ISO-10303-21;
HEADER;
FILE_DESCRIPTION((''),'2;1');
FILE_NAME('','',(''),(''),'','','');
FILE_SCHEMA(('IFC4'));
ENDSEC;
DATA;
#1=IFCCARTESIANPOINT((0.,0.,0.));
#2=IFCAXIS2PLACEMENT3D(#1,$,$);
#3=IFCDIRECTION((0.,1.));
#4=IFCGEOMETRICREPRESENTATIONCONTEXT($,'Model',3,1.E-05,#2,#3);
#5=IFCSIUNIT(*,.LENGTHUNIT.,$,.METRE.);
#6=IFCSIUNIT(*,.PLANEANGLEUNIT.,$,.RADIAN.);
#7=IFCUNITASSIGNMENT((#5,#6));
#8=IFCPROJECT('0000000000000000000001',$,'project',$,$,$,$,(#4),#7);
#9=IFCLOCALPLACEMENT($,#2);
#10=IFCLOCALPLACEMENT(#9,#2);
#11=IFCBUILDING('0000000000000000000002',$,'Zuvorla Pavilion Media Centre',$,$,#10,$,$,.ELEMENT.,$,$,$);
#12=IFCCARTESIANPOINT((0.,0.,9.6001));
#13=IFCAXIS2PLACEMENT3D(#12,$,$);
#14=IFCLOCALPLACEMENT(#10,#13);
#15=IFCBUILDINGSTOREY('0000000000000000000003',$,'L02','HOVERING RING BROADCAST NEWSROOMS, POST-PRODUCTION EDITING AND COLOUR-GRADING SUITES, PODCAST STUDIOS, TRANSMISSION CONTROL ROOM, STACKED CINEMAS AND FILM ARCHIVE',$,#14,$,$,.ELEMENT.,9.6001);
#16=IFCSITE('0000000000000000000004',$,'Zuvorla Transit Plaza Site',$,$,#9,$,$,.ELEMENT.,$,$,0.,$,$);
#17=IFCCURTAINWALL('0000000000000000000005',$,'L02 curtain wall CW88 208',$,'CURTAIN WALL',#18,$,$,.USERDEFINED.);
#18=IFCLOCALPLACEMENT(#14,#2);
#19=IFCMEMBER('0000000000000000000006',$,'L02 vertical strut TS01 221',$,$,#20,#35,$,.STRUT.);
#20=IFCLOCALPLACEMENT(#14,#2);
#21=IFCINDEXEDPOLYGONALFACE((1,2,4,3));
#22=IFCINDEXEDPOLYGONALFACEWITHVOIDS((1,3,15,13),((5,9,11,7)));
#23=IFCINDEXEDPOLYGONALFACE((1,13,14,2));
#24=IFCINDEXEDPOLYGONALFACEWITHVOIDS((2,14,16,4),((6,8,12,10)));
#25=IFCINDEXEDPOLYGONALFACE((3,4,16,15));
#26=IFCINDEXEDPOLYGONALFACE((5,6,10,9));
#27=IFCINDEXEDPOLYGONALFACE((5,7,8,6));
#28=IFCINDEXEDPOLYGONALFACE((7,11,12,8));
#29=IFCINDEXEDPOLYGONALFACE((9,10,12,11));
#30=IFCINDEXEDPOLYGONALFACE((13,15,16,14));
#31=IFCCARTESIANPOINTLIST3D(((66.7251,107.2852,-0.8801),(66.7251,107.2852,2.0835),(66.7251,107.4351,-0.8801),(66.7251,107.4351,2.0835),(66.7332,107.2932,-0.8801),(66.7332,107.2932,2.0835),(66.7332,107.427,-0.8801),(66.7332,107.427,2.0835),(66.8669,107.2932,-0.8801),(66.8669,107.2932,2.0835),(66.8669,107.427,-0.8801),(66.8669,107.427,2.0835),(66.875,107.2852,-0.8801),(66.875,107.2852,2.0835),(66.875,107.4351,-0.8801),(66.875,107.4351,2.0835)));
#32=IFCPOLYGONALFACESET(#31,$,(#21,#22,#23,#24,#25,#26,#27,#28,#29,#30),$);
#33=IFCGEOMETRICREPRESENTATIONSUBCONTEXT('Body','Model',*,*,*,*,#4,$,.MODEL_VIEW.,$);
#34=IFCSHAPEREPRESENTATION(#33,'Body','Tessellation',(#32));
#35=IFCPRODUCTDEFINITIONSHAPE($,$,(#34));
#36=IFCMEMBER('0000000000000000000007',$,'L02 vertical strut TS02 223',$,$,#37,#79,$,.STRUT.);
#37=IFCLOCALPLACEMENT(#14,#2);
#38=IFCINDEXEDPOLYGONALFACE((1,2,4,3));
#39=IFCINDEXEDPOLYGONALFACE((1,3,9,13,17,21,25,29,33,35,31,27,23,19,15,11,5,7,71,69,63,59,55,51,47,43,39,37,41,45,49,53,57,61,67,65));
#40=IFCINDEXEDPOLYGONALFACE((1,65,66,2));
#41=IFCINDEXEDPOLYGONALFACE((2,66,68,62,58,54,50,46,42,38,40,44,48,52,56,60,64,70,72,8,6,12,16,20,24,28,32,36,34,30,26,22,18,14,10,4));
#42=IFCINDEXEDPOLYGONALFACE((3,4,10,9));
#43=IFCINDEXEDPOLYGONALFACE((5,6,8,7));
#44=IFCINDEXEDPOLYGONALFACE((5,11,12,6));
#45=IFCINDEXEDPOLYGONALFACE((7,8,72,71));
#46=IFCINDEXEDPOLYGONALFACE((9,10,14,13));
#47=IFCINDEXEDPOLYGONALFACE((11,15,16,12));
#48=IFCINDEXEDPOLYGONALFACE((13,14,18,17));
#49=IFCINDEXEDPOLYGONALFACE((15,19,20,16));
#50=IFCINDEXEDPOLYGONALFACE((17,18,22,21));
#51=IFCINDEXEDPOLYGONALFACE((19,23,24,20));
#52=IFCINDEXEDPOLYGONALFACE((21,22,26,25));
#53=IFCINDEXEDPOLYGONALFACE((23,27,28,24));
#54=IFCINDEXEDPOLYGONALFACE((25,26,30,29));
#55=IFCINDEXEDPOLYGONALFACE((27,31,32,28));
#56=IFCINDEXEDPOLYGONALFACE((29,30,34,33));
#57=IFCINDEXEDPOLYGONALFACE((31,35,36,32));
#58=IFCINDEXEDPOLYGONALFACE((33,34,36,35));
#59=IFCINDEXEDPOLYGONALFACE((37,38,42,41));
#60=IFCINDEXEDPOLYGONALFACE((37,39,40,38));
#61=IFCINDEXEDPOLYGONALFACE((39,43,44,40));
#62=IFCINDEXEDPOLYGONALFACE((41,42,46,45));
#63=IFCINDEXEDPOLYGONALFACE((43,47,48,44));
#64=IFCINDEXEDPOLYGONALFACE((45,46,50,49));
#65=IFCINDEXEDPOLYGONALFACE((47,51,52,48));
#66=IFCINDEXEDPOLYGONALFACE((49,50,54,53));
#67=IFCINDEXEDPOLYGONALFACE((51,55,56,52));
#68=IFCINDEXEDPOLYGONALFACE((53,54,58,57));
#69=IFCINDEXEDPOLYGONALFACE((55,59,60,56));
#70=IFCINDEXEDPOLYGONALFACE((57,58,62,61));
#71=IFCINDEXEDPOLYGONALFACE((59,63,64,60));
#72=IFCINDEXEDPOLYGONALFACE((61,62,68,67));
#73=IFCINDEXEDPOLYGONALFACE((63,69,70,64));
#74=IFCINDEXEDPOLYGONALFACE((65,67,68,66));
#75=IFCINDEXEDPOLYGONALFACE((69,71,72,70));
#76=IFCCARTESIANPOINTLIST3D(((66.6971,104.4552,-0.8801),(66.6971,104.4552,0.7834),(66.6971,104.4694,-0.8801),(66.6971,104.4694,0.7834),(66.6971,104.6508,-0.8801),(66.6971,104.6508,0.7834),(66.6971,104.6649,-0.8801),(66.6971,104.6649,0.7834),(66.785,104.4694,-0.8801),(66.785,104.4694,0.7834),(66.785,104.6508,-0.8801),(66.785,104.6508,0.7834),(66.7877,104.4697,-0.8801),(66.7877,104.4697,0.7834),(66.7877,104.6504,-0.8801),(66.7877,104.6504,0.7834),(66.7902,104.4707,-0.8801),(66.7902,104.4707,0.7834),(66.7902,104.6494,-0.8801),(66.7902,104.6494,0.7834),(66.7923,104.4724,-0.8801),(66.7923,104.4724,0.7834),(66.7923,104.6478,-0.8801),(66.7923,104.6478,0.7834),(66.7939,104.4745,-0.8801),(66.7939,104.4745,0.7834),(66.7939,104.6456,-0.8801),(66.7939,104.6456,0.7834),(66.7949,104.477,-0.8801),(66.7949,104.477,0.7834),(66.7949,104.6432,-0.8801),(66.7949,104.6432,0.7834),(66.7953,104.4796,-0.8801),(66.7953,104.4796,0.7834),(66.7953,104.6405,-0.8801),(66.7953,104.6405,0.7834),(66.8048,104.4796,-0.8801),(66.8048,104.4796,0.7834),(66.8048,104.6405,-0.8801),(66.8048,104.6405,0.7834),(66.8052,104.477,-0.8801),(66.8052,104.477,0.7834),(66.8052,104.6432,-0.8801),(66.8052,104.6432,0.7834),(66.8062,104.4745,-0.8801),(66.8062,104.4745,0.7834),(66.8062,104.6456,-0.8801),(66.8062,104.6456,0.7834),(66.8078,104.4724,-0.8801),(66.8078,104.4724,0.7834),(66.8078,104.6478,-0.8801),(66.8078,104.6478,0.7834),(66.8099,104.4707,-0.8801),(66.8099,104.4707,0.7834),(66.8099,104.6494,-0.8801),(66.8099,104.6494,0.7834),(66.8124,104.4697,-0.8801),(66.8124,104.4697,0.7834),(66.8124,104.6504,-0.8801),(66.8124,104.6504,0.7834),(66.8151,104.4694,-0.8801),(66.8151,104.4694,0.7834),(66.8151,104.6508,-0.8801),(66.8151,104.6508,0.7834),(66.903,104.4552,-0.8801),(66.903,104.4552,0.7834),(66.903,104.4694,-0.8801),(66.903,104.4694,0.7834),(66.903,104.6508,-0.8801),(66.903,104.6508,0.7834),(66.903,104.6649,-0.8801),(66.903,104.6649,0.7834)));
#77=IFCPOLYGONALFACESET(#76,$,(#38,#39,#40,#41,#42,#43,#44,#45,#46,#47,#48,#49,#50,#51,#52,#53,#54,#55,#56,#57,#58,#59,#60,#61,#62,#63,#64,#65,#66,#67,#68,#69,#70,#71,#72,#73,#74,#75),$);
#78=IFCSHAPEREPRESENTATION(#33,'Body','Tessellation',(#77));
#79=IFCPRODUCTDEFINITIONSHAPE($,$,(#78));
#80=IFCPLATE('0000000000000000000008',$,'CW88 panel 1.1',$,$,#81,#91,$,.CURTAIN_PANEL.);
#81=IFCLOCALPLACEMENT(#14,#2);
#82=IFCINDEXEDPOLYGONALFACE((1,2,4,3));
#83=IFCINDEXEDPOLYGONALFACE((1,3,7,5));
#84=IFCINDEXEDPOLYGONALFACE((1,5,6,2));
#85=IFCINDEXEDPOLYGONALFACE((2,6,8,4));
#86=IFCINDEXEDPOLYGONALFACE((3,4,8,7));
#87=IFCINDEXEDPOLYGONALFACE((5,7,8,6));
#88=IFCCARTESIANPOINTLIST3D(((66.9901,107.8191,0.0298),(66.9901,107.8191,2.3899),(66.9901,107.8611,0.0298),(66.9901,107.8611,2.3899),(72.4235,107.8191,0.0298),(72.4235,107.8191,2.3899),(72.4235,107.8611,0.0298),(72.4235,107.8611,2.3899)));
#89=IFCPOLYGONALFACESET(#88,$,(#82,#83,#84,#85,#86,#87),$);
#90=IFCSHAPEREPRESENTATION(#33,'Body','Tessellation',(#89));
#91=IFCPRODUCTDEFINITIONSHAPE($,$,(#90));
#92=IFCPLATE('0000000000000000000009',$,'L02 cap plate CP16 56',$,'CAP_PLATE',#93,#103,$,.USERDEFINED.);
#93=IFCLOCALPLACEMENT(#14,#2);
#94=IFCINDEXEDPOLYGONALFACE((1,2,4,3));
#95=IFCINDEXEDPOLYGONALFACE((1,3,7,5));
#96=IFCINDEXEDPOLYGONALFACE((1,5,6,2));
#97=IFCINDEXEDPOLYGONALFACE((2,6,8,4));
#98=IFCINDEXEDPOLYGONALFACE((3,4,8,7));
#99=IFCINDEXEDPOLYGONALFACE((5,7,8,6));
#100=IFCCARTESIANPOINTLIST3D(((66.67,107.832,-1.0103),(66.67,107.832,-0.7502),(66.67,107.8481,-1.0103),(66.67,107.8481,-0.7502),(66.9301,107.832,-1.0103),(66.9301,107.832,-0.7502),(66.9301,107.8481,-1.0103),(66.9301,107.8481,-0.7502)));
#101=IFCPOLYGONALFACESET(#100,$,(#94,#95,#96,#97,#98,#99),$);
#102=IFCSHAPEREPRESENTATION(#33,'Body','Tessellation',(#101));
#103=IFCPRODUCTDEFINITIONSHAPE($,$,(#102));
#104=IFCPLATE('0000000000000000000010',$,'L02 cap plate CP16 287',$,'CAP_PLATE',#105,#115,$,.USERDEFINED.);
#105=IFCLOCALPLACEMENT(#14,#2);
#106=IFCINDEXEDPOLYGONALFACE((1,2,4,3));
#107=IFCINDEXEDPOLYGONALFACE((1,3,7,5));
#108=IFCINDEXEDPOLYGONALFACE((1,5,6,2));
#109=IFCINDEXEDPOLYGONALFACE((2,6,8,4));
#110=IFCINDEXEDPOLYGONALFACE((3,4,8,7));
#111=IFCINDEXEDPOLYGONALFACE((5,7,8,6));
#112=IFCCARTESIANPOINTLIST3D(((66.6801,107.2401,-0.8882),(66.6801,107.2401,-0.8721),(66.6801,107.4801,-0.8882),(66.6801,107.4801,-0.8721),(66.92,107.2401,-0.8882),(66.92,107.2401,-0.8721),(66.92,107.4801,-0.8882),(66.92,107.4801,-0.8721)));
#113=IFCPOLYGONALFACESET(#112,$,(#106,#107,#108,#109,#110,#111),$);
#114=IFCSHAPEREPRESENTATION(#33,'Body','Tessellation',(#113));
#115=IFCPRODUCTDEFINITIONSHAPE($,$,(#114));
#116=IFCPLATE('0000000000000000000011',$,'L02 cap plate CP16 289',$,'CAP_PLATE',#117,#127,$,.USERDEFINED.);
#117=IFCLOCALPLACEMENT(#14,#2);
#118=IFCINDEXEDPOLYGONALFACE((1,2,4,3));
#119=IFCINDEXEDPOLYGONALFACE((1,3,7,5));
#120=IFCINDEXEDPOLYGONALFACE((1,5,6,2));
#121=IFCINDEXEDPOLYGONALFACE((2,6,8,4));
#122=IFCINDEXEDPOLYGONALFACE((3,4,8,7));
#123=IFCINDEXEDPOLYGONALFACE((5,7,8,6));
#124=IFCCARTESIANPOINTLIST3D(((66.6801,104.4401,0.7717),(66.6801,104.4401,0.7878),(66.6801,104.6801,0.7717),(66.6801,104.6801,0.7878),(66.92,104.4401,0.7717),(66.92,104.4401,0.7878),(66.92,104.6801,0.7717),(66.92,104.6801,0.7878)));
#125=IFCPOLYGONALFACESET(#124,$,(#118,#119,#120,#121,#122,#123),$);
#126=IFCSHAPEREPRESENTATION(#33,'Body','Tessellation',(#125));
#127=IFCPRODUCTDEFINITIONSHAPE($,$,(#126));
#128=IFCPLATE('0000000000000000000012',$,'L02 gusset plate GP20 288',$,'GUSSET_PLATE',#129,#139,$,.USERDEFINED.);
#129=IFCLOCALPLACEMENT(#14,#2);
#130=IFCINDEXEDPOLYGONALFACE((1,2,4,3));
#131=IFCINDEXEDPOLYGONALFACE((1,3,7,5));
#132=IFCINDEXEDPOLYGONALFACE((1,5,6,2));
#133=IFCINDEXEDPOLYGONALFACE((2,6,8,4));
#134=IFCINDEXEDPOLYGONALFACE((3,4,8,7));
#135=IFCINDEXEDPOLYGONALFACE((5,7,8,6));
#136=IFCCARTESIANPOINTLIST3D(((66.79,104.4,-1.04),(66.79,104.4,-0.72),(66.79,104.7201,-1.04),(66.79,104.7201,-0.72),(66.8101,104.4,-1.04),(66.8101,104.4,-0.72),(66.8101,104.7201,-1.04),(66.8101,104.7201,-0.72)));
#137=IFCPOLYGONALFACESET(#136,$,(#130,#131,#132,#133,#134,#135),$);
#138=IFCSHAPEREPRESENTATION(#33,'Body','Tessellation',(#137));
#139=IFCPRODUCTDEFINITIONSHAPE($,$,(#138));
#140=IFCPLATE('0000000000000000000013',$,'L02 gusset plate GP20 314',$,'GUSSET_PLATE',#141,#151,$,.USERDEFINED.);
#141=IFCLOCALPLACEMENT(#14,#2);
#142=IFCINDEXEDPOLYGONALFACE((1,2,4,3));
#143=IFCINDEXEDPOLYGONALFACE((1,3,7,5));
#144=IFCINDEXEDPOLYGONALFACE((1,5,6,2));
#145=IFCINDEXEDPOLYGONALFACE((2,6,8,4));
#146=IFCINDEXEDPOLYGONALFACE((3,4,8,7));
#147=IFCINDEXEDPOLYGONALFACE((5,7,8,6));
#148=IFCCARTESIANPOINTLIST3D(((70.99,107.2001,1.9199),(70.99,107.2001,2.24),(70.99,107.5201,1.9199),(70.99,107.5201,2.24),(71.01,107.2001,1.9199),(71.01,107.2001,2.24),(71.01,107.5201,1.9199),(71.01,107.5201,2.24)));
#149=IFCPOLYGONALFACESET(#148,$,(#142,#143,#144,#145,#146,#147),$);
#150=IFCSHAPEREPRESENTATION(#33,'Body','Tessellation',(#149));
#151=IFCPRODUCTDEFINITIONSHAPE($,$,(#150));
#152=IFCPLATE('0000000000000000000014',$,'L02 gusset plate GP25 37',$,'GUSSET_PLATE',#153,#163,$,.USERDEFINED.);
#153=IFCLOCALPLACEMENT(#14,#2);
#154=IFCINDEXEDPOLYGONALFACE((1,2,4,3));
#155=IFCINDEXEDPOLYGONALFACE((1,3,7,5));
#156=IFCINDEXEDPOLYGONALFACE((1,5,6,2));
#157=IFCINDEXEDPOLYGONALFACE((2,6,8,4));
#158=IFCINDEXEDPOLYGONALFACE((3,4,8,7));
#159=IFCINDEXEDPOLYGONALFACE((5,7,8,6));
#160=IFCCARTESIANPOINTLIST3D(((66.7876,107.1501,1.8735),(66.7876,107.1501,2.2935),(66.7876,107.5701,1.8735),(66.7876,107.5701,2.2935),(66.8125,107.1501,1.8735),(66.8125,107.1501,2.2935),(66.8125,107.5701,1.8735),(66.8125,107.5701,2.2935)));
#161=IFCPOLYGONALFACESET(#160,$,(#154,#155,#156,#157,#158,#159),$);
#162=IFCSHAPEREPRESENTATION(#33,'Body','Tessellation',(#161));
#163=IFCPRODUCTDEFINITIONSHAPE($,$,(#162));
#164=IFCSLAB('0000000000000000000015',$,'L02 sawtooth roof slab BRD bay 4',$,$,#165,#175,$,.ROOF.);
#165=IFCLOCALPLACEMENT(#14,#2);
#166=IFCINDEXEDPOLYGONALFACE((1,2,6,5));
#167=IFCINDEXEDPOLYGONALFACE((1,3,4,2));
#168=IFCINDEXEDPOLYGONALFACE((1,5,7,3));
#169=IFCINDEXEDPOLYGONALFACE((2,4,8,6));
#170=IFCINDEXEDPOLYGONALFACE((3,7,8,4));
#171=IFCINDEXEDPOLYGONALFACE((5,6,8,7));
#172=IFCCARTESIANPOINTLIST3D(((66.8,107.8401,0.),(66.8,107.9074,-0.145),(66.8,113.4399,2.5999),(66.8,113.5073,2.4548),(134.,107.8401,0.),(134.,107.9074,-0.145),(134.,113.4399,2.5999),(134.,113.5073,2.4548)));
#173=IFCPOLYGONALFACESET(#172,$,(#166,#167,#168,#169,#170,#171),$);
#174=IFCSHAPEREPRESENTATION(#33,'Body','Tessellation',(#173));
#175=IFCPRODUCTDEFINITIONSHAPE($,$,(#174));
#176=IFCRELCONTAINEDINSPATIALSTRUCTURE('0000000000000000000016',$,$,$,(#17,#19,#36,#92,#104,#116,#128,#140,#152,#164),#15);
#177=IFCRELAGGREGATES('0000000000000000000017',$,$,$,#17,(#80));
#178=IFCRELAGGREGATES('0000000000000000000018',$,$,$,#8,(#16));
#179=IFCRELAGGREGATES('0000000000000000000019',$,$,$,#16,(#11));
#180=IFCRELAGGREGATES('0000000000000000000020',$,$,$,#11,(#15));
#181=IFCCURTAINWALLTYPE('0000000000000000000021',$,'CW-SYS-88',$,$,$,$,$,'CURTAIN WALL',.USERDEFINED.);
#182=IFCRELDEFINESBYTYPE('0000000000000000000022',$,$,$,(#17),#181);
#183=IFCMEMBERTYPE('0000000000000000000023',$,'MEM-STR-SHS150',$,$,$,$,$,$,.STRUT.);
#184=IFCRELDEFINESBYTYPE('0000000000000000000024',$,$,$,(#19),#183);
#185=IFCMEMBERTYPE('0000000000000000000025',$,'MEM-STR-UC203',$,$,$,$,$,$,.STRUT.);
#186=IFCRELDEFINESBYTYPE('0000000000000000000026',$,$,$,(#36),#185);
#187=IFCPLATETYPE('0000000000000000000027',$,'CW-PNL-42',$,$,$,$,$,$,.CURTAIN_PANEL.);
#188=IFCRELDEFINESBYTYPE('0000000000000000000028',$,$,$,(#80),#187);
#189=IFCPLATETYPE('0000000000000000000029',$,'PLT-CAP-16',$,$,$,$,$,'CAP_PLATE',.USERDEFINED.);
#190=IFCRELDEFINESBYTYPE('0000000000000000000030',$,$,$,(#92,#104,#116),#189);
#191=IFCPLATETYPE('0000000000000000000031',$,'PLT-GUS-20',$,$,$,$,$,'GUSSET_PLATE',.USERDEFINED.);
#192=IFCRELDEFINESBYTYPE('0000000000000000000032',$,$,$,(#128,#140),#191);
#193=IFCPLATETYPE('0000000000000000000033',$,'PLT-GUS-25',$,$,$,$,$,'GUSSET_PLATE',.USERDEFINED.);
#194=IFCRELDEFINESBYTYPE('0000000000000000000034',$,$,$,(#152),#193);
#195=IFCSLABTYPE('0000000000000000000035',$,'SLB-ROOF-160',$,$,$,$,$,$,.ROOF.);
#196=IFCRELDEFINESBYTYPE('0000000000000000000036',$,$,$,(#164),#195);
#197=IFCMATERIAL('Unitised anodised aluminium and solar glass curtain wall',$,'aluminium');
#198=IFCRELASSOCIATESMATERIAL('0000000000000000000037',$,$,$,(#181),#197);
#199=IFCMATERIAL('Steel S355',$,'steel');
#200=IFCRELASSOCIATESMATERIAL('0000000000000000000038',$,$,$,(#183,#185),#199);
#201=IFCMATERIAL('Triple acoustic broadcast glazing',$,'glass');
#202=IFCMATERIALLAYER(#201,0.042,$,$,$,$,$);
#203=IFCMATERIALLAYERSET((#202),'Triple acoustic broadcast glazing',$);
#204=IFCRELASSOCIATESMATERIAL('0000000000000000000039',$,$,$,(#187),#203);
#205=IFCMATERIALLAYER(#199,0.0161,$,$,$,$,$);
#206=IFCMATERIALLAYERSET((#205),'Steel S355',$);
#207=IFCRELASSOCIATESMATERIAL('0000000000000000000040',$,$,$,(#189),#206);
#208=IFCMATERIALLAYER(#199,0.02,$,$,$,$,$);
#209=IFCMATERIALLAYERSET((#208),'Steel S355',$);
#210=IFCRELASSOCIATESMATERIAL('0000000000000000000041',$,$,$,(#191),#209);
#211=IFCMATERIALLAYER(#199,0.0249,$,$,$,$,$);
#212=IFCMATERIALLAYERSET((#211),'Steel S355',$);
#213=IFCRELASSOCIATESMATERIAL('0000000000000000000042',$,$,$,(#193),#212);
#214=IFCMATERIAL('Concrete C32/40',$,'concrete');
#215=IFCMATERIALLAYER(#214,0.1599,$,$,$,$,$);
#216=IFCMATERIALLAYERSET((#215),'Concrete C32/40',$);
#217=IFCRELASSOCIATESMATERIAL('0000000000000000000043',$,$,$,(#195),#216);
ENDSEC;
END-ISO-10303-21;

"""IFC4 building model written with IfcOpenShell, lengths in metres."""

from ifc_helpers import new_model, si_unit, direction, frame, origin, origin_2d, place, context, subcontext, project, spatial, polyline, rectangle, hollow_rectangle, i_section, outline, extrude, material, layer, layer_set, material_profile, profile_set, type_object, element, aggregate, save


model = new_model("IFC4")

# Units and contexts
model_context = context("Model", 3, precision=1e-05, world=origin(), true_north=direction((0.0, 1.0)))
body_context = subcontext(model_context, "Body", "Model", "MODEL_VIEW")
ifc_project = project(units=[si_unit("LENGTHUNIT", "METRE"), si_unit("PLANEANGLEUNIT", "RADIAN")], contexts=[model_context])

# Site, building, storey
site_placement = place(None, origin())
site = spatial("IfcSite", under=ifc_project, at=site_placement, Name="Zuvorla Transit Plaza Site", CompositionType="ELEMENT", RefElevation=0.0)
building_placement = place(site_placement, origin())
building = spatial("IfcBuilding", under=site, at=building_placement, Name="Zuvorla Pavilion Media Centre", CompositionType="ELEMENT")
storey_placement = place(building_placement, frame((0.0, 0.0, 9.6001)))
storey = spatial("IfcBuildingStorey", under=building, at=storey_placement, Name="L02", Description="HOVERING RING BROADCAST NEWSROOMS, POST-PRODUCTION EDITING AND COLOUR-GRADING SUITES, PODCAST STUDIOS, TRANSMISSION CONTROL ROOM, STACKED CINEMAS AND FILM ARCHIVE", CompositionType="ELEMENT", Elevation=9.6001)

# Shared definitions
ifc_material_1 = material(Name="Steel S355", Category="steel")

# Curtain wall
ifc_material_2 = material(Name="Unitised anodised aluminium and solar glass curtain wall", Category="aluminium")
curtain_wall_type = type_object("IfcCurtainWallType", Name="CW-SYS-88", ElementType="CURTAIN WALL", PredefinedType="USERDEFINED", material=ifc_material_2)
curtain_wall_placement = place(storey_placement, origin())
curtain_wall = element("IfcCurtainWall", 1, at=curtain_wall_placement, inside=storey, type_object=curtain_wall_type, Name="L02 curtain wall CW88 208", ObjectType="CURTAIN WALL", PredefinedType="USERDEFINED")

# Members
ifc_material_profile_1 = material_profile(ifc_material_1, hollow_rectangle(XDim=0.1499, YDim=0.1499, WallThickness=0.0081, at=origin_2d()), Name="SHS 150x150x8")
ifc_profile_set_1 = profile_set([ifc_material_profile_1], Name="Steel S355")
member_type_1 = type_object("IfcMemberType", Name="MEM-STR-SHS150", PredefinedType="STRUT", material=ifc_profile_set_1)
member_1_placement = place(storey_placement, frame((66.8, 107.3601, -0.8801), z_axis=(0.0, 0.0, 1.0), x_axis=(1.0, 0.0, 0.0)))
element("IfcMember", 2, at=member_1_placement, inside=storey, type_object=member_type_1, Name="L02 vertical strut TS01 221", PredefinedType="STRUT", context=body_context, shape_type="SweptSolid", body=[
    extrude(hollow_rectangle(XDim=0.1499, YDim=0.1499, WallThickness=0.0081, at=origin_2d()), origin(), (0.0, 0.0, 1.0), 2.9636),
])
ifc_material_profile_2 = material_profile(ifc_material_1, i_section(OverallWidth=0.2058, OverallDepth=0.2097, WebThickness=0.0095, FlangeThickness=0.0142, FilletRadius=0.0103, at=origin_2d()), Name="UC 203x203x60")
ifc_profile_set_2 = profile_set([ifc_material_profile_2], Name="Steel S355")
member_type_2 = type_object("IfcMemberType", Name="MEM-STR-UC203", PredefinedType="STRUT", material=ifc_profile_set_2)
member_2_placement = place(storey_placement, frame((66.8, 104.5601, -0.8801), z_axis=(0.0, 0.0, 1.0), x_axis=(1.0, 0.0, 0.0)))
element("IfcMember", 3, at=member_2_placement, inside=storey, type_object=member_type_2, Name="L02 vertical strut TS02 223", PredefinedType="STRUT", context=body_context, shape_type="SweptSolid", body=[
    extrude(i_section(OverallWidth=0.2058, OverallDepth=0.2097, WebThickness=0.0095, FlangeThickness=0.0142, FilletRadius=0.0103, at=origin_2d()), origin(), (0.0, 0.0, 1.0), 1.6636),
])

# Plate
ifc_material_3 = material(Name="Triple acoustic broadcast glazing", Category="glass")
ifc_layer_1 = layer(ifc_material_3, 0.042)
ifc_layer_set_1 = layer_set([ifc_layer_1], Name="Triple acoustic broadcast glazing")
plate_type_1 = type_object("IfcPlateType", Name="CW-PNL-42", PredefinedType="CURTAIN_PANEL", material=ifc_layer_set_1)
plate_1_placement = place(storey_placement, frame((69.7068, 107.8401, 0.0298), z_axis=(0.0, 0.0, 1.0), x_axis=(1.0, 0.0, 0.0)))
plate_1 = element("IfcPlate", 4, at=plate_1_placement, type_object=plate_type_1, Name="CW88 panel 1.1", PredefinedType="CURTAIN_PANEL", context=body_context, shape_type="SweptSolid", body=[
    extrude(rectangle(XDim=5.4333, YDim=0.042, at=origin_2d()), origin(), (0.0, 0.0, 1.0), 2.3601),
])
aggregate(curtain_wall, [plate_1])

# Plates
ifc_layer_2 = layer(ifc_material_1, 0.0161)
ifc_layer_set_2 = layer_set([ifc_layer_2], Name="Steel S355")
plate_type_2 = type_object("IfcPlateType", Name="PLT-CAP-16", ElementType="CAP_PLATE", PredefinedType="USERDEFINED", material=ifc_layer_set_2)
plate_2_placement = place(storey_placement, frame((66.8, 107.8401, -1.0103), z_axis=(0.0, 0.0, 1.0), x_axis=(1.0, 0.0, 0.0)))
element("IfcPlate", 5, at=plate_2_placement, inside=storey, type_object=plate_type_2, Name="L02 cap plate CP16 56", ObjectType="CAP_PLATE", PredefinedType="USERDEFINED", context=body_context, shape_type="SweptSolid", body=[
    extrude(rectangle(XDim=0.26, YDim=0.0161, at=origin_2d()), origin(), (0.0, 0.0, 1.0), 0.26),
])
for number, where, z_axis, x_axis, name in (
    (6, (66.8, 107.3601, -0.8882), (0.0, 0.0, 1.0), (1.0, 0.0, 0.0), "L02 cap plate CP16 287"),
    (7, (66.8, 104.5601, 0.7717), (0.0, 0.0, 1.0), (1.0, 0.0, 0.0), "L02 cap plate CP16 289"),
):
    element("IfcPlate", number, at=place(storey_placement, frame(where, z_axis=z_axis, x_axis=x_axis)), inside=storey, type_object=plate_type_2, Name=name, ObjectType="CAP_PLATE", PredefinedType="USERDEFINED", context=body_context, shape_type="SweptSolid", body=[
        extrude(rectangle(XDim=0.24, YDim=0.24, at=origin_2d()), origin(), (0.0, 0.0, 1.0), 0.0161),
    ])
ifc_layer_3 = layer(ifc_material_1, 0.02)
ifc_layer_set_3 = layer_set([ifc_layer_3], Name="Steel S355")
plate_type_3 = type_object("IfcPlateType", Name="PLT-GUS-20", ElementType="GUSSET_PLATE", PredefinedType="USERDEFINED", material=ifc_layer_set_3)
for number, where, z_axis, x_axis, name in (
    (8, (66.8, 104.5601, -1.04), (0.0, 0.0, 1.0), (1.0, 0.0, 0.0), "L02 gusset plate GP20 288"),
    (9, (71.0, 107.3601, 1.9199), (0.0, 0.0, 1.0), (1.0, 0.0, 0.0), "L02 gusset plate GP20 314"),
):
    element("IfcPlate", number, at=place(storey_placement, frame(where, z_axis=z_axis, x_axis=x_axis)), inside=storey, type_object=plate_type_3, Name=name, ObjectType="GUSSET_PLATE", PredefinedType="USERDEFINED", context=body_context, shape_type="SweptSolid", body=[
        extrude(rectangle(XDim=0.02, YDim=0.3201, at=origin_2d()), origin(), (0.0, 0.0, 1.0), 0.3201),
    ])
ifc_layer_4 = layer(ifc_material_1, 0.0249)
ifc_layer_set_4 = layer_set([ifc_layer_4], Name="Steel S355")
plate_type_4 = type_object("IfcPlateType", Name="PLT-GUS-25", ElementType="GUSSET_PLATE", PredefinedType="USERDEFINED", material=ifc_layer_set_4)
plate_3_placement = place(storey_placement, frame((66.8, 107.3601, 1.8735), z_axis=(0.0, 0.0, 1.0), x_axis=(1.0, 0.0, 0.0)))
element("IfcPlate", 10, at=plate_3_placement, inside=storey, type_object=plate_type_4, Name="L02 gusset plate GP25 37", ObjectType="GUSSET_PLATE", PredefinedType="USERDEFINED", context=body_context, shape_type="SweptSolid", body=[
    extrude(rectangle(XDim=0.0249, YDim=0.4199, at=origin_2d()), origin(), (0.0, 0.0, 1.0), 0.4199),
])

# Slab
ifc_material_4 = material(Name="Concrete C32/40", Category="concrete")
ifc_layer_5 = layer(ifc_material_4, 0.1599)
ifc_layer_set_5 = layer_set([ifc_layer_5], Name="Concrete C32/40")
slab_type = type_object("IfcSlabType", Name="SLB-ROOF-160", PredefinedType="ROOF", material=ifc_layer_set_5)
slab_placement = place(storey_placement, frame((66.8, 107.8401, 0.0), z_axis=(0.0, -0.421101, 0.907014), x_axis=(1.0, 0.0, 0.0)))
element("IfcSlab", 11, at=slab_placement, inside=storey, type_object=slab_type, Name="L02 sawtooth roof slab BRD bay 4", PredefinedType="ROOF", context=body_context, shape_type="SweptSolid", body=[
    extrude(outline(polyline([(0.0, 0.0), (67.2, 0.0), (67.2, 6.1739), (0.0, 6.1739), (0.0, 0.0)])), origin(), (0.0, 0.0, -1.0), 0.1599),
])

save(model, "model.ifc")
